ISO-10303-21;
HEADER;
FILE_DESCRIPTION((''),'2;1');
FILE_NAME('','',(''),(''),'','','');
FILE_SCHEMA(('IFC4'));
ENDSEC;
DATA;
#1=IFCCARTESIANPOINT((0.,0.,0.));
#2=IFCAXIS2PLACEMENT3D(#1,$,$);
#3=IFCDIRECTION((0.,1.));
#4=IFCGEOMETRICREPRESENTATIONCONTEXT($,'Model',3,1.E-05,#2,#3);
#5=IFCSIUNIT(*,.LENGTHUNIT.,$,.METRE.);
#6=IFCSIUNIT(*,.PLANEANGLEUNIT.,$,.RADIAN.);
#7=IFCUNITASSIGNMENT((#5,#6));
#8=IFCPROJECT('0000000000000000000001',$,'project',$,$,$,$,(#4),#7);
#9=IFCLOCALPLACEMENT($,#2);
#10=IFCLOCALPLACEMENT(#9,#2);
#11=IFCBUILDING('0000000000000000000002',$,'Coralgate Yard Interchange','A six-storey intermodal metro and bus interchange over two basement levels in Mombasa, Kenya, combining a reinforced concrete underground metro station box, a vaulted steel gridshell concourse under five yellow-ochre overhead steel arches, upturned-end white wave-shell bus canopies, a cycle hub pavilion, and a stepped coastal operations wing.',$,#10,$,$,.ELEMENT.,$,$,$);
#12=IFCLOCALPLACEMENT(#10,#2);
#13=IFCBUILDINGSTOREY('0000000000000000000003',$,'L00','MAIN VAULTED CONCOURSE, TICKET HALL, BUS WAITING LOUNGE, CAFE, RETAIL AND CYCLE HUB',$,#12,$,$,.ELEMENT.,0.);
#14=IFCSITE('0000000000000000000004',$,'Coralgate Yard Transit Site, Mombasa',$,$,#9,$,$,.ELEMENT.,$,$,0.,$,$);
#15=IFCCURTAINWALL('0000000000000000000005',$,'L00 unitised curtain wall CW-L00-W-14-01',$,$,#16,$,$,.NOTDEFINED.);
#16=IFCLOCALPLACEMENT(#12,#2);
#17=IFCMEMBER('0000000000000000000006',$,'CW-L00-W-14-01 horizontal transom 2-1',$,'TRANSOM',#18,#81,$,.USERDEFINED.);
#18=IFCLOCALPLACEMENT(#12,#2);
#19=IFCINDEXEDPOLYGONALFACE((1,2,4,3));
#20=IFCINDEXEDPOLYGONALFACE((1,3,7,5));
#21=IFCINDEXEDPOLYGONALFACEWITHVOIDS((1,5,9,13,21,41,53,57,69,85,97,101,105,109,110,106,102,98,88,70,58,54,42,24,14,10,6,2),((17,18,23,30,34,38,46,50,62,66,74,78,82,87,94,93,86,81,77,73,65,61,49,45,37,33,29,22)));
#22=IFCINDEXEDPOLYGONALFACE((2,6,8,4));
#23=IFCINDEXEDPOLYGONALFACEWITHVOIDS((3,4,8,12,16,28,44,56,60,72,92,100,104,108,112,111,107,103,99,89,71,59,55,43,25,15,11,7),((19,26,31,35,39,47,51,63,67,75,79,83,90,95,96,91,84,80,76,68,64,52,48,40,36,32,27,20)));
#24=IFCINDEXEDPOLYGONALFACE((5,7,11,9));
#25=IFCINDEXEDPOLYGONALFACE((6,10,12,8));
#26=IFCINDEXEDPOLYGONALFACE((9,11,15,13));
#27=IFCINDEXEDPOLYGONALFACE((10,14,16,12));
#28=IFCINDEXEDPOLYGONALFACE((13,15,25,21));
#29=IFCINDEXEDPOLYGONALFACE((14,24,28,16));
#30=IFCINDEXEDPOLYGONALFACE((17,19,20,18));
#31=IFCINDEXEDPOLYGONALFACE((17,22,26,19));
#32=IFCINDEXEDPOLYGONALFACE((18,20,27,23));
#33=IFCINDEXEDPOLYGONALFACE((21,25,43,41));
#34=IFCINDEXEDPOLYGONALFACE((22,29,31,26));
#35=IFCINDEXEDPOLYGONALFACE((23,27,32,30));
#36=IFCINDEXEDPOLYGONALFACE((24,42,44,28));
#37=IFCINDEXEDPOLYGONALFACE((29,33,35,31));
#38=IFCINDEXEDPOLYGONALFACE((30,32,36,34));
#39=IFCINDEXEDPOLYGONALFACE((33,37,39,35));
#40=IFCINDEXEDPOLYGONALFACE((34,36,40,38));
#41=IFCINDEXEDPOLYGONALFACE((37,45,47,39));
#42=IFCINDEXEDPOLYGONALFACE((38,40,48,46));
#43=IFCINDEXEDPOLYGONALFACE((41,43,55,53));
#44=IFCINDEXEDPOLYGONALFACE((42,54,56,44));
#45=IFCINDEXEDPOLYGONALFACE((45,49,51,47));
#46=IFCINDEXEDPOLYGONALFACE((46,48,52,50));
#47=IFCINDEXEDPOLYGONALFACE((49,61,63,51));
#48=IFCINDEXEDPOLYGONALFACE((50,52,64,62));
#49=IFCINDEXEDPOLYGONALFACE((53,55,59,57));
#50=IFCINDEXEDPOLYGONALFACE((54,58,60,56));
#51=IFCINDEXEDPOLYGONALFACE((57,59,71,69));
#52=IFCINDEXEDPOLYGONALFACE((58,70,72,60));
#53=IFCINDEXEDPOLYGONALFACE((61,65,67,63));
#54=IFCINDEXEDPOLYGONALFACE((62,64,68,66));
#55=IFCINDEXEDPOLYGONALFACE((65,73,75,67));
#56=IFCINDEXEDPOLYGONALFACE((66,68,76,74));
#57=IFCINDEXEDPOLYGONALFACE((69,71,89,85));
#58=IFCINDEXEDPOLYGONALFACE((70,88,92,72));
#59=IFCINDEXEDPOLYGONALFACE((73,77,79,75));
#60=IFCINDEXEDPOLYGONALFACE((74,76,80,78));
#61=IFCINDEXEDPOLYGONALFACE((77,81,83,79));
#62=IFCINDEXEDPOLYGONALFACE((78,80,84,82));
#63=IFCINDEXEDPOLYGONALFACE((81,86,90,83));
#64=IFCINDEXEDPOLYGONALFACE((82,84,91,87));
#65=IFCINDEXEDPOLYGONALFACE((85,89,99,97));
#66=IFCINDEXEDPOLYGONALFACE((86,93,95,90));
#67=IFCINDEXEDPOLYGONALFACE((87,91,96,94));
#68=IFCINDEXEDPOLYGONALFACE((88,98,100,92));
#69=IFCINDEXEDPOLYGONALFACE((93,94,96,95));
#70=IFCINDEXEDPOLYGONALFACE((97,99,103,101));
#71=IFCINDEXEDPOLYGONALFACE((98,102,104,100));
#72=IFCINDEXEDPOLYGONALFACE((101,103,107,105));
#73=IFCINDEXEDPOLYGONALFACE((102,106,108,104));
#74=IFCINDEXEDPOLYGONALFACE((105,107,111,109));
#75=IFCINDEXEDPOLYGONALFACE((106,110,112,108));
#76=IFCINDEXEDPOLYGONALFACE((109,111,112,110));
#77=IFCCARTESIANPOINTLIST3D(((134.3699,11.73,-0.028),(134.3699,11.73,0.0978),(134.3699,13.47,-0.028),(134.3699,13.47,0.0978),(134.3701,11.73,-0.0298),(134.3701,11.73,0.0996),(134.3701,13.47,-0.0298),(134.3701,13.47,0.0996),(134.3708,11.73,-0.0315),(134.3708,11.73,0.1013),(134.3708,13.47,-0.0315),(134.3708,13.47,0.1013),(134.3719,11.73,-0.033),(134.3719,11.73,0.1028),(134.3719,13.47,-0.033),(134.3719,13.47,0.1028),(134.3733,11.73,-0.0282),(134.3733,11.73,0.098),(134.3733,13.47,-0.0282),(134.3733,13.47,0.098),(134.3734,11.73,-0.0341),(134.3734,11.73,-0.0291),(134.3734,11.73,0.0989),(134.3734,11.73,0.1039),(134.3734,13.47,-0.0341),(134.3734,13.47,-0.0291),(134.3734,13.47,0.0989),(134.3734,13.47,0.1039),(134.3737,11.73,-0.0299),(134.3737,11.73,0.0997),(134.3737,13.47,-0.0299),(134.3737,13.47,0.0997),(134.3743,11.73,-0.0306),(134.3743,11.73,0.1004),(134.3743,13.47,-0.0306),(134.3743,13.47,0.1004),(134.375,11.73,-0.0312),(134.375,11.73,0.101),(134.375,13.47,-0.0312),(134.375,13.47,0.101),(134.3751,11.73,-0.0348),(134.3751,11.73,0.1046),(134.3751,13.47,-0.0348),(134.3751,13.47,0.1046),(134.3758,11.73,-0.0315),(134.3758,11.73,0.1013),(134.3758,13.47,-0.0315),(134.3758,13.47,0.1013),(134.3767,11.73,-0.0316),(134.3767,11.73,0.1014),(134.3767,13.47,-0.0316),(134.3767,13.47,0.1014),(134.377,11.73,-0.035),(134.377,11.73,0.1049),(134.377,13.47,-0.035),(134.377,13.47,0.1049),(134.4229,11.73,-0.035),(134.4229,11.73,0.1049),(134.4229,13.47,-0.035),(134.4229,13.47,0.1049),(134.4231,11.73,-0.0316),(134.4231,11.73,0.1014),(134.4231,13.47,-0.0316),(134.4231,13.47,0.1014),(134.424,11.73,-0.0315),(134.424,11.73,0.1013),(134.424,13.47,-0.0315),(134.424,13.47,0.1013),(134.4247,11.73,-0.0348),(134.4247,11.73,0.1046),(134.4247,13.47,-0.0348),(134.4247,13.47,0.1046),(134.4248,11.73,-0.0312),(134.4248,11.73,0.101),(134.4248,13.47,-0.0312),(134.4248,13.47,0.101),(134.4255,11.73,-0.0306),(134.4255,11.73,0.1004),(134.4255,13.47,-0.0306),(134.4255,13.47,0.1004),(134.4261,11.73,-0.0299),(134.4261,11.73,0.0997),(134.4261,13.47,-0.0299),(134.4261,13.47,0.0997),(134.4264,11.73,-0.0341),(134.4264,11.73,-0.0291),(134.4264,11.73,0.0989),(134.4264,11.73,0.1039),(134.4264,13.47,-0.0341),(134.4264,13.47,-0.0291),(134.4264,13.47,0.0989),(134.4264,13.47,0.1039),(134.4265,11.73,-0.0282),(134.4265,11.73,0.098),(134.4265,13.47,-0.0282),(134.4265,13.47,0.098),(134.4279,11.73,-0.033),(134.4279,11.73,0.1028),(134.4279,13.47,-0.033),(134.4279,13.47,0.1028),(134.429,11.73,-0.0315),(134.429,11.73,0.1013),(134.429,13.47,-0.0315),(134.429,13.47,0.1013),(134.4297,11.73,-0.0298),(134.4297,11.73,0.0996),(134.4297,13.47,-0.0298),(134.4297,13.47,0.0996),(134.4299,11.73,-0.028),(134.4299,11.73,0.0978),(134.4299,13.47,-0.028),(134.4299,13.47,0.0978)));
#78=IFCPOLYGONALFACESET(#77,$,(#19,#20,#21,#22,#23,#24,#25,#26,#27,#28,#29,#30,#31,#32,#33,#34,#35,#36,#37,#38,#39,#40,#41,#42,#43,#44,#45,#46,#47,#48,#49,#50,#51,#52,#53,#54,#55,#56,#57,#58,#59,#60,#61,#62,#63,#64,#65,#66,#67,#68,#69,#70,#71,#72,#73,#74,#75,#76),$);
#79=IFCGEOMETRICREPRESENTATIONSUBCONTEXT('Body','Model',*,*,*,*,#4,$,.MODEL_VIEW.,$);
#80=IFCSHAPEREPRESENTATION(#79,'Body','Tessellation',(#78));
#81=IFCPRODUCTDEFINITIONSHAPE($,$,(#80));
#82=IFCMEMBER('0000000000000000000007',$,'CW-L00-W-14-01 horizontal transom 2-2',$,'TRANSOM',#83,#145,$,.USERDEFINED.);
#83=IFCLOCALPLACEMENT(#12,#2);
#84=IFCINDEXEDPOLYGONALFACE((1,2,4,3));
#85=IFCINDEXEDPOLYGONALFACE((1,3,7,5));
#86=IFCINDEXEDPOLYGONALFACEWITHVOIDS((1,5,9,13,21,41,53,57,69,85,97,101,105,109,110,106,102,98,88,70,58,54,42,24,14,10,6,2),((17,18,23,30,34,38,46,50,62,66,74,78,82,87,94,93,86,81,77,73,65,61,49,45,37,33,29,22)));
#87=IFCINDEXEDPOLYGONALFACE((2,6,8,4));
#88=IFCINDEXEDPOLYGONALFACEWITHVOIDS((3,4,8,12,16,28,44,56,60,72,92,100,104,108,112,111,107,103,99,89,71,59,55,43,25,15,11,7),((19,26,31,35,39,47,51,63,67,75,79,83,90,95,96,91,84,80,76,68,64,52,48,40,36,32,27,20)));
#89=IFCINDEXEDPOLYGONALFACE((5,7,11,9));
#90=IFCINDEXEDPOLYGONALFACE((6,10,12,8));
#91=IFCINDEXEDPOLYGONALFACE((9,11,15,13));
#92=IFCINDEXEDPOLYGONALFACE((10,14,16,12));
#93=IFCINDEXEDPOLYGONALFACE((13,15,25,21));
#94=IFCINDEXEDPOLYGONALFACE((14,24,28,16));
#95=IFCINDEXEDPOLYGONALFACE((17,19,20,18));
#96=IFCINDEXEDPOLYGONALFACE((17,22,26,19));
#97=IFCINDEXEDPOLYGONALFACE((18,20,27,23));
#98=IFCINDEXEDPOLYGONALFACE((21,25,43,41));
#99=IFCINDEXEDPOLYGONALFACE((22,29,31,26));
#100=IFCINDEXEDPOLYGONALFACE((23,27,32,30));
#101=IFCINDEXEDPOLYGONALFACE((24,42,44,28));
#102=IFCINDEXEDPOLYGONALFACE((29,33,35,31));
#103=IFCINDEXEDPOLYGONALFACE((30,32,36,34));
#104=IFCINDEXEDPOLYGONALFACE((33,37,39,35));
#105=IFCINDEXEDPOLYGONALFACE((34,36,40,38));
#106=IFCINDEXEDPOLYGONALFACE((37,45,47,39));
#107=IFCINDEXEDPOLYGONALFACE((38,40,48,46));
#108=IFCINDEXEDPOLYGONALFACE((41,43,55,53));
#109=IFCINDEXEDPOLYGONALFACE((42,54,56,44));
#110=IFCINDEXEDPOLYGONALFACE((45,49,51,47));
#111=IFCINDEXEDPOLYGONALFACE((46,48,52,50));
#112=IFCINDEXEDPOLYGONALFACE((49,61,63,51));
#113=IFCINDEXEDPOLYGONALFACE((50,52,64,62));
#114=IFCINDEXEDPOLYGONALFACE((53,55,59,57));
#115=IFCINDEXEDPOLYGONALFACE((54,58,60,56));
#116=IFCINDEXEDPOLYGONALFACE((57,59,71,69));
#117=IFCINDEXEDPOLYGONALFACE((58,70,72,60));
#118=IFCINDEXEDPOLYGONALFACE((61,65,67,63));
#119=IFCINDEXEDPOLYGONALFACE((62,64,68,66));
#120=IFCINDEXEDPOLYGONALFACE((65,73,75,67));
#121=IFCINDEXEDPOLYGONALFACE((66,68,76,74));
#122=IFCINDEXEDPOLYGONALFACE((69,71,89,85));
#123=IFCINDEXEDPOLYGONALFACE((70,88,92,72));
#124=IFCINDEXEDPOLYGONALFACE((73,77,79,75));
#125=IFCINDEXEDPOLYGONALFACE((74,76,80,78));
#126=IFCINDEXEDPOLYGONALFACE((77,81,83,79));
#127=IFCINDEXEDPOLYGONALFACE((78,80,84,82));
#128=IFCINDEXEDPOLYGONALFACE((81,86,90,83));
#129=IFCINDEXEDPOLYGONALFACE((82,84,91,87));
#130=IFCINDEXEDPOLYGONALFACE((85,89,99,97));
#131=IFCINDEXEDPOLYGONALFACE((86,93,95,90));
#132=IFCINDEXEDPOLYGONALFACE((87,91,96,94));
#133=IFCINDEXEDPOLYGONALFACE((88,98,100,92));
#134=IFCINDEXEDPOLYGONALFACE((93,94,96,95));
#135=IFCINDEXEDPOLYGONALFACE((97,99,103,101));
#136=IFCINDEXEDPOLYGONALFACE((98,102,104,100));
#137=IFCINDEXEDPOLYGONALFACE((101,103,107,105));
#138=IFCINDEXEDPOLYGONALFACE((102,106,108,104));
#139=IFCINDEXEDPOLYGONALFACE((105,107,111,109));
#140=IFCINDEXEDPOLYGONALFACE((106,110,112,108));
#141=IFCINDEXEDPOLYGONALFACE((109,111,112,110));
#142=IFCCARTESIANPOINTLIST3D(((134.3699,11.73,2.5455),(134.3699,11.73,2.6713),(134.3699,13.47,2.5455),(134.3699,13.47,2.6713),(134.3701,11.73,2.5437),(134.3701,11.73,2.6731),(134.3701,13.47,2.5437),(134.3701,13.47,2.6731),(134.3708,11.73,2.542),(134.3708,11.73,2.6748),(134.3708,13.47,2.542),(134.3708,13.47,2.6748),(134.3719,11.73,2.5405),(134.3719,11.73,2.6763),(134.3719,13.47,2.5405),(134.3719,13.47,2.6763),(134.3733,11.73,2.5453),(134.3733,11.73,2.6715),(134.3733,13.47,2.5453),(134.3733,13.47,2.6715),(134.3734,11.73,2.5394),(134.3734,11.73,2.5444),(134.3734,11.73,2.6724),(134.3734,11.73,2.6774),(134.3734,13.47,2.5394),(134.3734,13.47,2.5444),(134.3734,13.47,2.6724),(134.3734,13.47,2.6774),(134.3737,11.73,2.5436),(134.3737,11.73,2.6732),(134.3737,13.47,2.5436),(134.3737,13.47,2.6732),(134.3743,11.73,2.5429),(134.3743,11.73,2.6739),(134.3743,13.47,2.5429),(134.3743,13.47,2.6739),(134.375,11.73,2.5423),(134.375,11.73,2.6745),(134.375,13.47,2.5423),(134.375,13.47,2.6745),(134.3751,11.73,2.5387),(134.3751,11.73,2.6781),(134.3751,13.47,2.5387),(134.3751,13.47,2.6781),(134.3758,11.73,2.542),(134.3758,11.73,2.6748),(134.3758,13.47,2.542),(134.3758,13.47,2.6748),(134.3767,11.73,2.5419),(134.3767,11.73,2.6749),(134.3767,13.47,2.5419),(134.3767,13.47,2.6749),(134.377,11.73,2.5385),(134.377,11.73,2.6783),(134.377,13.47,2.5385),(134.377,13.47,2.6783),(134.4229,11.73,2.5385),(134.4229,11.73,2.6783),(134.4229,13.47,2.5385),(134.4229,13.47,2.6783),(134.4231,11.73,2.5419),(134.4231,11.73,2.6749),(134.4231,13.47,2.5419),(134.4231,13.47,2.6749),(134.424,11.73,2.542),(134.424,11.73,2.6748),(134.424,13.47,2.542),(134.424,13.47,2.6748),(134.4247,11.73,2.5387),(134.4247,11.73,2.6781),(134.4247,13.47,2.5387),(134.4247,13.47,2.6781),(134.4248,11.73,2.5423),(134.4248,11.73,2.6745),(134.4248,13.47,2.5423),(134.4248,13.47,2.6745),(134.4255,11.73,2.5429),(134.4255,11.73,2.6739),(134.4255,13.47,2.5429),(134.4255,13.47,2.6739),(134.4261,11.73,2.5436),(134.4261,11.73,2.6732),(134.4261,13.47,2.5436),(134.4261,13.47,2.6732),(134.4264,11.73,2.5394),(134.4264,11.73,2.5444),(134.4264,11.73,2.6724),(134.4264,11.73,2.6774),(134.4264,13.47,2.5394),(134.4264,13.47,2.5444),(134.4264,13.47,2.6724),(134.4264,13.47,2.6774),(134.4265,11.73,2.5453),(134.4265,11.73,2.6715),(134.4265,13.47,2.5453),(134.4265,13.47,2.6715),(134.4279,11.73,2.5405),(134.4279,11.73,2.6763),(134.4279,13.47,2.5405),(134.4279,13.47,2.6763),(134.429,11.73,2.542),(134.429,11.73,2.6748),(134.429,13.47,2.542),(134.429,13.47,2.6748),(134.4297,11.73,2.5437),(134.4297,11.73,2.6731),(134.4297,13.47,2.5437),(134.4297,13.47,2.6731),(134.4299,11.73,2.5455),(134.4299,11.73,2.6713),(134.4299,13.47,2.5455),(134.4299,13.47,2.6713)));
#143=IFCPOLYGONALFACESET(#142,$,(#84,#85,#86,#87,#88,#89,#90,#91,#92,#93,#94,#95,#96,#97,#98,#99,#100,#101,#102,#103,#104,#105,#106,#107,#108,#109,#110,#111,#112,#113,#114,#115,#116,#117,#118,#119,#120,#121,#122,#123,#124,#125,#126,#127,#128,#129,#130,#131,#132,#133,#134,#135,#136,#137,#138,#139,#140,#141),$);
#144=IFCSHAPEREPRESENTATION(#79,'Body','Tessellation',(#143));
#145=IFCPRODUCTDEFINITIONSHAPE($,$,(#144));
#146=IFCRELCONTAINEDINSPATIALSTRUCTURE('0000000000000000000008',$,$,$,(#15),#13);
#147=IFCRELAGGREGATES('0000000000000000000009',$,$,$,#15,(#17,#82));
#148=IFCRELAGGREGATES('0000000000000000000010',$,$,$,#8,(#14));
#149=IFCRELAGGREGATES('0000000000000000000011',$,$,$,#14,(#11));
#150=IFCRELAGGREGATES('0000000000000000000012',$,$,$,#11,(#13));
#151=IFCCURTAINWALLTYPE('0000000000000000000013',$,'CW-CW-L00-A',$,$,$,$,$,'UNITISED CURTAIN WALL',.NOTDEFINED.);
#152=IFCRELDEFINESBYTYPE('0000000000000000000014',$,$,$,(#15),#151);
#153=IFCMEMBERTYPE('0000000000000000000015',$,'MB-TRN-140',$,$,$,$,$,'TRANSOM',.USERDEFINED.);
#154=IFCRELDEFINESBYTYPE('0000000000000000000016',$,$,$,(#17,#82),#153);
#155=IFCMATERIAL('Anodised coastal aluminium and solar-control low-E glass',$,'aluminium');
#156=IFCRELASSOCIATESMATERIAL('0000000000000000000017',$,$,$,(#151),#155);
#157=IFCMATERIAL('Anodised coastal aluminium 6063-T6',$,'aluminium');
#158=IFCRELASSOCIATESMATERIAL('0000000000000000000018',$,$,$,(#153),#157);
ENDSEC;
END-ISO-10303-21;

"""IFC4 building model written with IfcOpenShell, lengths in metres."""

from ifc_helpers import new_model, si_unit, direction, frame, origin, origin_2d, place, context, subcontext, project, spatial, hollow_rectangle, extrude, material, material_profile, profile_set, type_object, element, aggregate, save


model = new_model("IFC4")

# Units and contexts
model_context = context("Model", 3, precision=1e-05, world=origin(), true_north=direction((0.0, 1.0)))
body_context = subcontext(model_context, "Body", "Model", "MODEL_VIEW")
ifc_project = project(units=[si_unit("LENGTHUNIT", "METRE"), si_unit("PLANEANGLEUNIT", "RADIAN")], contexts=[model_context])

# Site, building, storey
site_placement = place(None, origin())
site = spatial("IfcSite", under=ifc_project, at=site_placement, Name="Coralgate Yard Transit Site, Mombasa", CompositionType="ELEMENT", RefElevation=0.0)
building_placement = place(site_placement, origin())
building = spatial("IfcBuilding", under=site, at=building_placement, Name="Coralgate Yard Interchange", Description="A six-storey intermodal metro and bus interchange over two basement levels in Mombasa, Kenya, combining a reinforced concrete underground metro station box, a vaulted steel gridshell concourse under five yellow-ochre overhead steel arches, upturned-end white wave-shell bus canopies, a cycle hub pavilion, and a stepped coastal operations wing.", CompositionType="ELEMENT")
storey_placement = place(building_placement, origin())
storey = spatial("IfcBuildingStorey", under=building, at=storey_placement, Name="L00", Description="MAIN VAULTED CONCOURSE, TICKET HALL, BUS WAITING LOUNGE, CAFE, RETAIL AND CYCLE HUB", CompositionType="ELEMENT", Elevation=0.0)

# Curtain wall, members
ifc_material_1 = material(Name="Anodised coastal aluminium and solar-control low-E glass", Category="aluminium")
curtain_wall_type = type_object("IfcCurtainWallType", Name="CW-CW-L00-A", ElementType="UNITISED CURTAIN WALL", PredefinedType="NOTDEFINED", material=ifc_material_1)
curtain_wall_placement = place(storey_placement, origin())
curtain_wall = element("IfcCurtainWall", 1, at=curtain_wall_placement, inside=storey, type_object=curtain_wall_type, Name="L00 unitised curtain wall CW-L00-W-14-01", PredefinedType="NOTDEFINED")
ifc_material_2 = material(Name="Anodised coastal aluminium 6063-T6", Category="aluminium")
ifc_material_profile_1 = material_profile(ifc_material_2, hollow_rectangle(XDim=0.0601, YDim=0.1399, WallThickness=0.0034, InnerFilletRadius=0.0034, OuterFilletRadius=0.0071, at=origin_2d()), Name="ALU 60x140x3.5")
ifc_profile_set_1 = profile_set([ifc_material_profile_1], Name="Anodised coastal aluminium 6063-T6")
member_type_1 = type_object("IfcMemberType", Name="MB-TRN-140", ElementType="TRANSOM", PredefinedType="USERDEFINED", material=ifc_profile_set_1)
member_1_placement = place(storey_placement, frame((134.3999, 11.73, 0.0349), z_axis=(0.0, 1.0, 0.0), x_axis=(-1.0, 0.0, 0.0)))
member_1 = element("IfcMember", 2, at=member_1_placement, type_object=member_type_1, Name="CW-L00-W-14-01 horizontal transom 2-1", ObjectType="TRANSOM", PredefinedType="USERDEFINED", context=body_context, shape_type="SweptSolid", body=[
    extrude(hollow_rectangle(XDim=0.0601, YDim=0.1399, WallThickness=0.0034, InnerFilletRadius=0.0034, OuterFilletRadius=0.0071, at=origin_2d()), origin(), (0.0, 0.0, 1.0), 1.74),
])
member_2_placement = place(storey_placement, frame((134.3999, 11.73, 2.6084), z_axis=(0.0, 1.0, 0.0), x_axis=(-1.0, 0.0, 0.0)))
member_2 = element("IfcMember", 3, at=member_2_placement, type_object=member_type_1, Name="CW-L00-W-14-01 horizontal transom 2-2", ObjectType="TRANSOM", PredefinedType="USERDEFINED", context=body_context, shape_type="SweptSolid", body=[
    extrude(hollow_rectangle(XDim=0.0601, YDim=0.1399, WallThickness=0.0034, InnerFilletRadius=0.0034, OuterFilletRadius=0.0071, at=origin_2d()), origin(), (0.0, 0.0, 1.0), 1.74),
])
aggregate(curtain_wall, [member_1, member_2])

save(model, "model.ifc")
